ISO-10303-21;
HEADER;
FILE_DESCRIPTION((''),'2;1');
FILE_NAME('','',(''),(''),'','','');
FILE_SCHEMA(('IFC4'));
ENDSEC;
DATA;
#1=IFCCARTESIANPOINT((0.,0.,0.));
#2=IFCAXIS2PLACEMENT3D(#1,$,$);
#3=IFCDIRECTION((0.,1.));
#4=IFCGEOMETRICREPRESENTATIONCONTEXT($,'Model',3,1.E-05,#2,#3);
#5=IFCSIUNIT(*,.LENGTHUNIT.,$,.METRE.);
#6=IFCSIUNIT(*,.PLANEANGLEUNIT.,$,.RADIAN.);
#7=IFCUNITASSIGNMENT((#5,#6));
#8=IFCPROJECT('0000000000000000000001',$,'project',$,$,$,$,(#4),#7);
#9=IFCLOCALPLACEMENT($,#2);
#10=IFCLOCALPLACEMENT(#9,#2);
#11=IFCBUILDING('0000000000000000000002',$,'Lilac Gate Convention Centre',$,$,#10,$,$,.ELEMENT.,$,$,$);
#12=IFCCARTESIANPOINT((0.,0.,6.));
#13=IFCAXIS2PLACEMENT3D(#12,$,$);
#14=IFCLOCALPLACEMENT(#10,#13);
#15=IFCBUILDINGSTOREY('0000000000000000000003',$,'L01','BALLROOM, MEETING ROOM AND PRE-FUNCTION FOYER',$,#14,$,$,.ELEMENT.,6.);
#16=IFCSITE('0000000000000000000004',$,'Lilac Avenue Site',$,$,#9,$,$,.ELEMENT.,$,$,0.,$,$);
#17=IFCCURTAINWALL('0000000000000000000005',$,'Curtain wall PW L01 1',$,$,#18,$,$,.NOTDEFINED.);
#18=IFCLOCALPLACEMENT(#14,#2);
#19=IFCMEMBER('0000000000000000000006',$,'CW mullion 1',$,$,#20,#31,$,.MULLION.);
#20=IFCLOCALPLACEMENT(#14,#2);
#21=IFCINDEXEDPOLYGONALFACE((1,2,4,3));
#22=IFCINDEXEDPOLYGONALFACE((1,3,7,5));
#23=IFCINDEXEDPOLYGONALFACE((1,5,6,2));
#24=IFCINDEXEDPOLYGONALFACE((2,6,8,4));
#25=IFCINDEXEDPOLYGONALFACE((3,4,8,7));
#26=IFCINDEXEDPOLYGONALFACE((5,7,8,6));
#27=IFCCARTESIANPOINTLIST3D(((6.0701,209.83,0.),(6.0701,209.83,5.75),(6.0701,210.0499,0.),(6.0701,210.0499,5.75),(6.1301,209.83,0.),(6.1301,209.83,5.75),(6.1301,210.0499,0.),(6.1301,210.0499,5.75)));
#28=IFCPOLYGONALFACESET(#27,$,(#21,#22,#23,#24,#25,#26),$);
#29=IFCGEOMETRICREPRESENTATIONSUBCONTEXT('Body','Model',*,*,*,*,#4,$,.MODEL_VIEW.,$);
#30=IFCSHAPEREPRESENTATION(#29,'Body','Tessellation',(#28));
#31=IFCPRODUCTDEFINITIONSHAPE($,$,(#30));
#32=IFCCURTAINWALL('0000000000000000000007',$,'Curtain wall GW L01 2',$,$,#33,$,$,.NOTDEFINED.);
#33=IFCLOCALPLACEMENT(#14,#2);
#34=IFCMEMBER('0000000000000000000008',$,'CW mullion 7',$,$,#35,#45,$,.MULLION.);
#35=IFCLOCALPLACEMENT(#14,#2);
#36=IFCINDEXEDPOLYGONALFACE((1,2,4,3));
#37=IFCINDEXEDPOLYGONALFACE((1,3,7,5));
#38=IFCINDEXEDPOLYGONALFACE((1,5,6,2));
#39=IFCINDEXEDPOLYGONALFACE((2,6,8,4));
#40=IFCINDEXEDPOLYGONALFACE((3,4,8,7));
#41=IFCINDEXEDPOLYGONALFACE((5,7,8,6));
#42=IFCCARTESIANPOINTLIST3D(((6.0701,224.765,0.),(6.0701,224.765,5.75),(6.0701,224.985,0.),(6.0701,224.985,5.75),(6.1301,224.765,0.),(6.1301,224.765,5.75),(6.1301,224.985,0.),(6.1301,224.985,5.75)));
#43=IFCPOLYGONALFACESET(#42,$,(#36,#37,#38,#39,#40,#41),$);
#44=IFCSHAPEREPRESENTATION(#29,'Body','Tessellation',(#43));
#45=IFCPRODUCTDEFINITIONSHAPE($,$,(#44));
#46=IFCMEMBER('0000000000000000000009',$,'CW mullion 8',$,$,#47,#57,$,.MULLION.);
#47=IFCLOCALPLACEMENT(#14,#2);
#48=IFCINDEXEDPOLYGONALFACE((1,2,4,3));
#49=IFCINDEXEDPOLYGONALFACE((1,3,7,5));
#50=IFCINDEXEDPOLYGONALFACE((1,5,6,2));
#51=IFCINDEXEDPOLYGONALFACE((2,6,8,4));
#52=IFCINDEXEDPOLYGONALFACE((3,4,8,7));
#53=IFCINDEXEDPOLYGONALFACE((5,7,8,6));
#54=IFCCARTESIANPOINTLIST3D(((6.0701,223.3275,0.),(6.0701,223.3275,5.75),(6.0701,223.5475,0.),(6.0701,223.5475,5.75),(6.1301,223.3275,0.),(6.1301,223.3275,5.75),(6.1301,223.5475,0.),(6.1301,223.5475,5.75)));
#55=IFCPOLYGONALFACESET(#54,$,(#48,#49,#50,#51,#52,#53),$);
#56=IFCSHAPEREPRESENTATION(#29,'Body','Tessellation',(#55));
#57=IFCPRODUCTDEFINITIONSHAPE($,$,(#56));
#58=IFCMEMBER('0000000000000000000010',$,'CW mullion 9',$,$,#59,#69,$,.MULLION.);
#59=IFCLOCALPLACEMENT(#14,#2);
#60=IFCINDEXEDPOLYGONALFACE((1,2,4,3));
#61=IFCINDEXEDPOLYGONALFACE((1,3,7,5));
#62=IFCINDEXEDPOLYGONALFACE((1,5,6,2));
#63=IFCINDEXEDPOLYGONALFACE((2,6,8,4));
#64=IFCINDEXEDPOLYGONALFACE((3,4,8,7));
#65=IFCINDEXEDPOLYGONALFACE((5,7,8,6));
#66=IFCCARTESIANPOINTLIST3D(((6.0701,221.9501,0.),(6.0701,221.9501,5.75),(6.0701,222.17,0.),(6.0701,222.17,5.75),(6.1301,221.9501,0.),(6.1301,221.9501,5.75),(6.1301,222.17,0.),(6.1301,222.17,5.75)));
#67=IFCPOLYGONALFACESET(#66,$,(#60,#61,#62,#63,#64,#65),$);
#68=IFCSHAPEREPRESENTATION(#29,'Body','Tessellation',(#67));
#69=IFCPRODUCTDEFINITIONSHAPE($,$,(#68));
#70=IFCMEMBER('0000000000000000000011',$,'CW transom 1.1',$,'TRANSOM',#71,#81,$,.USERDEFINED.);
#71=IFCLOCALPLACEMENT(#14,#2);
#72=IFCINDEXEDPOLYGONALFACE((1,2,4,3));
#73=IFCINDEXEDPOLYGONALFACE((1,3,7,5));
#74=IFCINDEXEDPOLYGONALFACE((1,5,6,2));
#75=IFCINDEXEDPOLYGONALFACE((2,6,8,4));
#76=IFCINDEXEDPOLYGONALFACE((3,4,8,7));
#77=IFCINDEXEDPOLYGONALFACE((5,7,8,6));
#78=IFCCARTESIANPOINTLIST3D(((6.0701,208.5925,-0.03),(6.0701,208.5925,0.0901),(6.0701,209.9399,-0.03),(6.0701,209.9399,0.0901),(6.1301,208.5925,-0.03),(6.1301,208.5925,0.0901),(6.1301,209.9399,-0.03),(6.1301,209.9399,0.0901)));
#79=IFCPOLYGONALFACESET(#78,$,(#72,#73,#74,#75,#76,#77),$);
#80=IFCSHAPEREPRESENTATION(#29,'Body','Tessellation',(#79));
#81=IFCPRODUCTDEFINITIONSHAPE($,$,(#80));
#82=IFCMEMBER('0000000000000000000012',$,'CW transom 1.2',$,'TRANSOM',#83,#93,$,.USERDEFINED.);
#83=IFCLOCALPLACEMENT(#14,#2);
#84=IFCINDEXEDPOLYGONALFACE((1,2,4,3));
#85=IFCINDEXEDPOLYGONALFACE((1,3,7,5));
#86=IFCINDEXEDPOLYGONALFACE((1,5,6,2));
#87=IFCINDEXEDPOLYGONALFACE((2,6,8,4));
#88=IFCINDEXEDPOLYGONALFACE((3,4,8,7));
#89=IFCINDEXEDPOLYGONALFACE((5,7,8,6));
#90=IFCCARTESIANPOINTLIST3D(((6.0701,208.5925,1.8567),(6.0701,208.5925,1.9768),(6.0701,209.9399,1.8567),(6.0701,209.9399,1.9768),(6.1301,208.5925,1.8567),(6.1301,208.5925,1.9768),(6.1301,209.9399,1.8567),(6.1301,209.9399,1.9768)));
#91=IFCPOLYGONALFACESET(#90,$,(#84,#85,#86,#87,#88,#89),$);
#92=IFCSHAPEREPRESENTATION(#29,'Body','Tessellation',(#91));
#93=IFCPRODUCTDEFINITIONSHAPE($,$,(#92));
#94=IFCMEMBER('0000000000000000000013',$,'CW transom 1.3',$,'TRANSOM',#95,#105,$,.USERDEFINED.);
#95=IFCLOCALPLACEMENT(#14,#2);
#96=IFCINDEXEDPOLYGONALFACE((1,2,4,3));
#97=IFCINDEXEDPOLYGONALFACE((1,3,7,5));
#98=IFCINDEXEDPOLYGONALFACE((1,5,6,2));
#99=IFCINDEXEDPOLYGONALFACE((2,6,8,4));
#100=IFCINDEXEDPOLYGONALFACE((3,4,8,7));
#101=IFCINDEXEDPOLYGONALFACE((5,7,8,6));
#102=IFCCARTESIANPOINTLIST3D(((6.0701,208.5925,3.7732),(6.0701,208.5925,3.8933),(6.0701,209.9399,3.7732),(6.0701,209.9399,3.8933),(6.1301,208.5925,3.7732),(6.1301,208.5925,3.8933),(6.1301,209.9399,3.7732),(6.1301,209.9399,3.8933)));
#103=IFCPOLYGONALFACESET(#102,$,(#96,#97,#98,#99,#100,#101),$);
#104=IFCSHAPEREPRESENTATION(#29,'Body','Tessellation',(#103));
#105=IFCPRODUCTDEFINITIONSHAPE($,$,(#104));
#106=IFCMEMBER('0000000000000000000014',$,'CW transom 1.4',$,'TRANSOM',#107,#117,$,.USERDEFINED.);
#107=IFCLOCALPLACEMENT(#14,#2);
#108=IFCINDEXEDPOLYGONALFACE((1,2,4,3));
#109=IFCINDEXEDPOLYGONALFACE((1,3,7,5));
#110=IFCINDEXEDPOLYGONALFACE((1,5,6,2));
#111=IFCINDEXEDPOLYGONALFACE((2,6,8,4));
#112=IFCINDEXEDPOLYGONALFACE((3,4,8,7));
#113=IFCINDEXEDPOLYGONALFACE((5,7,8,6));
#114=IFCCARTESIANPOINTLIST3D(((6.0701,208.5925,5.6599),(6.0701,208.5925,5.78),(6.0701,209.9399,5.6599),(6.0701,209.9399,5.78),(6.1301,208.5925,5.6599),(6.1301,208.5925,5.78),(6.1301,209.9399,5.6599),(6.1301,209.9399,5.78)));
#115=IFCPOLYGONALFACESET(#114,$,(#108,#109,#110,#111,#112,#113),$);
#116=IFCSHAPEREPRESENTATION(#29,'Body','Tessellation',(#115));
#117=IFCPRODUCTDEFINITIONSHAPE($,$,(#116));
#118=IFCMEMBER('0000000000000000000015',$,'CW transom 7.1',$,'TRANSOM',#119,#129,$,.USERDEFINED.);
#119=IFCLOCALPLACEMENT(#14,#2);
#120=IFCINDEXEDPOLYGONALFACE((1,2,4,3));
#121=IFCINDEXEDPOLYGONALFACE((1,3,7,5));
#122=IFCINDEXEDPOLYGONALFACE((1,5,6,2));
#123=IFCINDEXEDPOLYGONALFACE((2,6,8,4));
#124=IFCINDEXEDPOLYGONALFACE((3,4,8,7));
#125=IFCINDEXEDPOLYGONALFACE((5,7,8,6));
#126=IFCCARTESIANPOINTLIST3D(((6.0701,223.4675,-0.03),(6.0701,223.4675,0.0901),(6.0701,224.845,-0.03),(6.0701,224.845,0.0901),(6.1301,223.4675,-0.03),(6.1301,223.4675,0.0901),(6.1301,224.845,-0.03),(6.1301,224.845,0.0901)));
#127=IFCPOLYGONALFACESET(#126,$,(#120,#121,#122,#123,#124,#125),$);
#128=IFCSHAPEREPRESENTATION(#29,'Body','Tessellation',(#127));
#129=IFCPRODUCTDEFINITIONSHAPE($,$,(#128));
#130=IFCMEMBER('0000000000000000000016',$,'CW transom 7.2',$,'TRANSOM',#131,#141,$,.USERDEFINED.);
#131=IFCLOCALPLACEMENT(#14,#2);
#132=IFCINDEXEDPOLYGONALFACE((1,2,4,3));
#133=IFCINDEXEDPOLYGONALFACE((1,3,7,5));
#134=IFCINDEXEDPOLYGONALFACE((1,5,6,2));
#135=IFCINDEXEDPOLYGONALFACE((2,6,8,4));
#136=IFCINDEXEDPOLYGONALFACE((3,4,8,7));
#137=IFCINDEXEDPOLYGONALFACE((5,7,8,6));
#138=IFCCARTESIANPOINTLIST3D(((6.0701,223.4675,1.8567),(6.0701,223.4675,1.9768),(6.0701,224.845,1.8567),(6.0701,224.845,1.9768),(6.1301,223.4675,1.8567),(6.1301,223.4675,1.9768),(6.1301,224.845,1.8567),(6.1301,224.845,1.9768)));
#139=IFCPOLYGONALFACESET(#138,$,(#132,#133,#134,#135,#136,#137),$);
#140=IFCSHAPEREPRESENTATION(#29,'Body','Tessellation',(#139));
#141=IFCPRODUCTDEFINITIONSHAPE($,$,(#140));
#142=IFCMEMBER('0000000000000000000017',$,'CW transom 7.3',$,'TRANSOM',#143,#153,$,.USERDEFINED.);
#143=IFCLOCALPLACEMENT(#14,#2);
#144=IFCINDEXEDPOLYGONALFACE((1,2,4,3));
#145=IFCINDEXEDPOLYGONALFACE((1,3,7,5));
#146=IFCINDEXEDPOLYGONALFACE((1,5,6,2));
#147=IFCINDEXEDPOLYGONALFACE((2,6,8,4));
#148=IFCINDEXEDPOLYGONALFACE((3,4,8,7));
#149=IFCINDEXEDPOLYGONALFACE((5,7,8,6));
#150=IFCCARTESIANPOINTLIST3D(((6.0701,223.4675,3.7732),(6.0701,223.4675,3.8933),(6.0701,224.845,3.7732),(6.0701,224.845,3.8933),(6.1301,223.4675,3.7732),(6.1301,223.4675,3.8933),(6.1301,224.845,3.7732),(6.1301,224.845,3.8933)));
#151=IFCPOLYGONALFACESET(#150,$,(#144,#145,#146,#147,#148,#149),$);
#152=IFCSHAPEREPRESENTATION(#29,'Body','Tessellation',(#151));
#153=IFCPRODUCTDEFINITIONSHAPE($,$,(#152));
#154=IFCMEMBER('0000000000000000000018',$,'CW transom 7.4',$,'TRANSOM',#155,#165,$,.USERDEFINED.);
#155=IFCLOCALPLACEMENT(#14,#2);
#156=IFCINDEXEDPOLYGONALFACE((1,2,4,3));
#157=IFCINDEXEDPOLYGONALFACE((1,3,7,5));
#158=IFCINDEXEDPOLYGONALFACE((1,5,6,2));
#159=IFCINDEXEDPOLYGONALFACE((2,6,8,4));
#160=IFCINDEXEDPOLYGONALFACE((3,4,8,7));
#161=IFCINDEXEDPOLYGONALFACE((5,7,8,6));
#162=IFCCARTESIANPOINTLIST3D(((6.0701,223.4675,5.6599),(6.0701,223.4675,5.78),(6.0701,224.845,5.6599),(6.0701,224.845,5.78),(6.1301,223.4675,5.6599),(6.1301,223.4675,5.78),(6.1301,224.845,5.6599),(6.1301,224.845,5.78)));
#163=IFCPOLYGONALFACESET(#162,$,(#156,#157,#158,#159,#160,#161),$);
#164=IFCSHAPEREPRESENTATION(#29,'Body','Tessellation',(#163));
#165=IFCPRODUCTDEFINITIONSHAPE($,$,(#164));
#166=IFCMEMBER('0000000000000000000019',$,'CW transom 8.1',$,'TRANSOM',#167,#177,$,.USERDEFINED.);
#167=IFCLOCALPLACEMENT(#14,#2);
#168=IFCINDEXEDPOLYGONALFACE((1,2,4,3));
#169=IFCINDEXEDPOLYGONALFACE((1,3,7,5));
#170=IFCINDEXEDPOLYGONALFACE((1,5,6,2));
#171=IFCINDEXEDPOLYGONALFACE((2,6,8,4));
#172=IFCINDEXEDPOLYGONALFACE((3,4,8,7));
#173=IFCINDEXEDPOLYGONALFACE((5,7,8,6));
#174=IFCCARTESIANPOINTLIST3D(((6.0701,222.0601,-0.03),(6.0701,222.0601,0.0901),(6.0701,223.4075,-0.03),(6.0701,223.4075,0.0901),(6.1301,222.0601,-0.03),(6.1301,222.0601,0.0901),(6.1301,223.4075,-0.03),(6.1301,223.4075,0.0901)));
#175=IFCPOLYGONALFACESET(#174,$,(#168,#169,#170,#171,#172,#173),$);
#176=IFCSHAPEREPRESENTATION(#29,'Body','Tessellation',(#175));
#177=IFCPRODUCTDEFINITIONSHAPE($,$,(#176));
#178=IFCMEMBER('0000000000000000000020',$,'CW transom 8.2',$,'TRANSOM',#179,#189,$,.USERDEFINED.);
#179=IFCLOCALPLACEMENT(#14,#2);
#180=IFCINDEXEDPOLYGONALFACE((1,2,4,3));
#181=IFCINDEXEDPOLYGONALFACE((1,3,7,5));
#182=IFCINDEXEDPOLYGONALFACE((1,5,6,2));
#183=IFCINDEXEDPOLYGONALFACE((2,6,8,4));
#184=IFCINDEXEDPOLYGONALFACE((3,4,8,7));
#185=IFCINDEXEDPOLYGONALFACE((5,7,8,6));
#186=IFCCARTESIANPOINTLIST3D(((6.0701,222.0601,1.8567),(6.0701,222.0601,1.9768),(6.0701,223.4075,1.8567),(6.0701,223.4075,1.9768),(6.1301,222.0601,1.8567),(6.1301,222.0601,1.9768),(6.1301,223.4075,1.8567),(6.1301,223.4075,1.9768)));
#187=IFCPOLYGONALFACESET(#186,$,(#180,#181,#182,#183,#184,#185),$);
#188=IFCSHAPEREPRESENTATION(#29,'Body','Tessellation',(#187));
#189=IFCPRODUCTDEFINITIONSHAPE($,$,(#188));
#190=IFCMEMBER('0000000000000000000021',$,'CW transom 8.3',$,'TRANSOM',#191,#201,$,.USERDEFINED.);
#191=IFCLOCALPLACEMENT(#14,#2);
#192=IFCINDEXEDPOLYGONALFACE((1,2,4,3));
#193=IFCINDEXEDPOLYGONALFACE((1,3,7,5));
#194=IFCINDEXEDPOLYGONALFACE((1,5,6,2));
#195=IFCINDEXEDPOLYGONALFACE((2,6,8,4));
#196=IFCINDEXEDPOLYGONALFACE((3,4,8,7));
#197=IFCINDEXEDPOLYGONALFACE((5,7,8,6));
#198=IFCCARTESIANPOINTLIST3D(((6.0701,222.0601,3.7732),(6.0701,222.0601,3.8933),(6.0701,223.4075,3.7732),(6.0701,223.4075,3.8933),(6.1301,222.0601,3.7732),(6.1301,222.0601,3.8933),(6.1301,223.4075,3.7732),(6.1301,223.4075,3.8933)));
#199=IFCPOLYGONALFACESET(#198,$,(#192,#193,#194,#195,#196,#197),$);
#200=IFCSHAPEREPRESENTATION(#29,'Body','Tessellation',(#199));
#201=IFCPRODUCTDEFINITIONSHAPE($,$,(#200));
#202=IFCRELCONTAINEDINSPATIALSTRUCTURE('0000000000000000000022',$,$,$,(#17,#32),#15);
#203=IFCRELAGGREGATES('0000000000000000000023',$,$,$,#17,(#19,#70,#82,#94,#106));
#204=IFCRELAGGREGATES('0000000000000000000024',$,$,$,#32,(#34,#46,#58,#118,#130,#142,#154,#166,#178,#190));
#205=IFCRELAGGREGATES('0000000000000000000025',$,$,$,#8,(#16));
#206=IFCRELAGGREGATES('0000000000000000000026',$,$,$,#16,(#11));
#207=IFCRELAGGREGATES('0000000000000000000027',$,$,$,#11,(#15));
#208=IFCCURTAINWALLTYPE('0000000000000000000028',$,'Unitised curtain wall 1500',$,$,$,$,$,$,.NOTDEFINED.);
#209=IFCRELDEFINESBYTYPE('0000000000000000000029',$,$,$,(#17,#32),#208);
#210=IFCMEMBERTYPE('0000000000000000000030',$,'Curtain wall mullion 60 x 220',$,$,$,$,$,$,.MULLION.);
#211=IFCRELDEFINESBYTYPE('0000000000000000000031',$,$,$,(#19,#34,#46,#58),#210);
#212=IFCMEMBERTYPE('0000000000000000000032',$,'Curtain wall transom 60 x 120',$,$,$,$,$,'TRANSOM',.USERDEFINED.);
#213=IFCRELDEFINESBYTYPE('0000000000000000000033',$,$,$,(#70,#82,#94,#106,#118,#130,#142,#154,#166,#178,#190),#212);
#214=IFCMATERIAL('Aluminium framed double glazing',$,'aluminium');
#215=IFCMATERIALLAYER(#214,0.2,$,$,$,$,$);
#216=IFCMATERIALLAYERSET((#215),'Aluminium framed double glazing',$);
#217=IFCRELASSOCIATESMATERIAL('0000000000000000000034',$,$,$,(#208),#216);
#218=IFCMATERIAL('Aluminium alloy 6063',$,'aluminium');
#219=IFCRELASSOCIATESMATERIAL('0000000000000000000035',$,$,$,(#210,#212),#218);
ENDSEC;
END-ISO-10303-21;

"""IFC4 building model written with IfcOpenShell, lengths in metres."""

from ifc_helpers import new_model, si_unit, direction, frame, origin, origin_2d, place, context, subcontext, project, spatial, rectangle, extrude, material, layer, layer_set, material_profile, profile_set, type_object, element, aggregate, save


model = new_model("IFC4")

# Units and contexts
model_context = context("Model", 3, precision=1e-05, world=origin(), true_north=direction((0.0, 1.0)))
body_context = subcontext(model_context, "Body", "Model", "MODEL_VIEW")
ifc_project = project(units=[si_unit("LENGTHUNIT", "METRE"), si_unit("PLANEANGLEUNIT", "RADIAN")], contexts=[model_context])

# Site, building, storey
site_placement = place(None, origin())
site = spatial("IfcSite", under=ifc_project, at=site_placement, Name="Lilac Avenue Site", CompositionType="ELEMENT", RefElevation=0.0)
building_placement = place(site_placement, origin())
building = spatial("IfcBuilding", under=site, at=building_placement, Name="Lilac Gate Convention Centre", CompositionType="ELEMENT")
storey_placement = place(building_placement, frame((0.0, 0.0, 6.0)))
storey = spatial("IfcBuildingStorey", under=building, at=storey_placement, Name="L01", Description="BALLROOM, MEETING ROOM AND PRE-FUNCTION FOYER", CompositionType="ELEMENT", Elevation=6.0)

# Curtain wall, member
ifc_material_1 = material(Name="Aluminium framed double glazing", Category="aluminium")
ifc_layer_1 = layer(ifc_material_1, 0.2)
ifc_layer_set_1 = layer_set([ifc_layer_1], Name="Aluminium framed double glazing")
curtain_wall_type = type_object("IfcCurtainWallType", Name="Unitised curtain wall 1500", PredefinedType="NOTDEFINED", material=ifc_layer_set_1)
curtain_wall_1_placement = place(storey_placement, origin())
curtain_wall_1 = element("IfcCurtainWall", 1, at=curtain_wall_1_placement, inside=storey, type_object=curtain_wall_type, Name="Curtain wall PW L01 1", PredefinedType="NOTDEFINED")
ifc_material_2 = material(Name="Aluminium alloy 6063", Category="aluminium")
ifc_material_profile_1 = material_profile(ifc_material_2, rectangle(XDim=0.0601, YDim=0.22, at=origin_2d()), Name="Curtain wall mullion 60 x 220")
ifc_profile_set_1 = profile_set([ifc_material_profile_1], Name="Aluminium alloy 6063")
member_type_1 = type_object("IfcMemberType", Name="Curtain wall mullion 60 x 220", PredefinedType="MULLION", material=ifc_profile_set_1)
member_1_placement = place(storey_placement, frame((6.1001, 209.9399, 0.0), z_axis=(0.0, 0.0, 1.0), x_axis=(1.0, 0.0, 0.0)))
member_1 = element("IfcMember", 2, at=member_1_placement, type_object=member_type_1, Name="CW mullion 1", PredefinedType="MULLION", context=body_context, shape_type="SweptSolid", body=[
    extrude(rectangle(XDim=0.0601, YDim=0.22, at=origin_2d()), origin(), (0.0, 0.0, 1.0), 5.75),
])

# Curtain wall, members
curtain_wall_2_placement = place(storey_placement, origin())
curtain_wall_2 = element("IfcCurtainWall", 3, at=curtain_wall_2_placement, inside=storey, type_object=curtain_wall_type, Name="Curtain wall GW L01 2", PredefinedType="NOTDEFINED")
member_2_placement = place(storey_placement, frame((6.1001, 224.875, 0.0), z_axis=(0.0, 0.0, 1.0), x_axis=(1.0, 0.0, 0.0)))
member_2 = element("IfcMember", 4, at=member_2_placement, type_object=member_type_1, Name="CW mullion 7", PredefinedType="MULLION", context=body_context, shape_type="SweptSolid", body=[
    extrude(rectangle(XDim=0.0601, YDim=0.22, at=origin_2d()), origin(), (0.0, 0.0, 1.0), 5.75),
])
member_3_placement = place(storey_placement, frame((6.1001, 223.4375, 0.0), z_axis=(0.0, 0.0, 1.0), x_axis=(1.0, 0.0, 0.0)))
member_3 = element("IfcMember", 5, at=member_3_placement, type_object=member_type_1, Name="CW mullion 8", PredefinedType="MULLION", context=body_context, shape_type="SweptSolid", body=[
    extrude(rectangle(XDim=0.0601, YDim=0.22, at=origin_2d()), origin(), (0.0, 0.0, 1.0), 5.75),
])
member_4_placement = place(storey_placement, frame((6.1001, 222.0601, 0.0), z_axis=(0.0, 0.0, 1.0), x_axis=(1.0, 0.0, 0.0)))
member_4 = element("IfcMember", 6, at=member_4_placement, type_object=member_type_1, Name="CW mullion 9", PredefinedType="MULLION", context=body_context, shape_type="SweptSolid", body=[
    extrude(rectangle(XDim=0.0601, YDim=0.22, at=origin_2d()), origin(), (0.0, 0.0, 1.0), 5.75),
])

# Members
ifc_material_profile_2 = material_profile(ifc_material_2, rectangle(XDim=0.0601, YDim=0.1201, at=origin_2d()), Name="Curtain wall transom 60 x 120")
ifc_profile_set_2 = profile_set([ifc_material_profile_2], Name="Aluminium alloy 6063")
member_type_2 = type_object("IfcMemberType", Name="Curtain wall transom 60 x 120", ElementType="TRANSOM", PredefinedType="USERDEFINED", material=ifc_profile_set_2)
member_5_placement = place(storey_placement, frame((6.1001, 209.9399, 0.03), z_axis=(0.0, -1.0, 0.0), x_axis=(1.0, 0.0, 0.0)))
member_5 = element("IfcMember", 7, at=member_5_placement, type_object=member_type_2, Name="CW transom 1.1", ObjectType="TRANSOM", PredefinedType="USERDEFINED", context=body_context, shape_type="SweptSolid", body=[
    extrude(rectangle(XDim=0.0601, YDim=0.1201, at=origin_2d()), origin(), (0.0, 0.0, 1.0), 1.3474),
])
member_6_placement = place(storey_placement, frame((6.1001, 209.9399, 1.9167), z_axis=(0.0, -1.0, 0.0), x_axis=(1.0, 0.0, 0.0)))
member_6 = element("IfcMember", 8, at=member_6_placement, type_object=member_type_2, Name="CW transom 1.2", ObjectType="TRANSOM", PredefinedType="USERDEFINED", context=body_context, shape_type="SweptSolid", body=[
    extrude(rectangle(XDim=0.0601, YDim=0.1201, at=origin_2d()), origin(), (0.0, 0.0, 1.0), 1.3474),
])
member_7_placement = place(storey_placement, frame((6.1001, 209.9399, 3.8333), z_axis=(0.0, -1.0, 0.0), x_axis=(1.0, 0.0, 0.0)))
member_7 = element("IfcMember", 9, at=member_7_placement, type_object=member_type_2, Name="CW transom 1.3", ObjectType="TRANSOM", PredefinedType="USERDEFINED", context=body_context, shape_type="SweptSolid", body=[
    extrude(rectangle(XDim=0.0601, YDim=0.1201, at=origin_2d()), origin(), (0.0, 0.0, 1.0), 1.3474),
])
member_8_placement = place(storey_placement, frame((6.1001, 209.9399, 5.72), z_axis=(0.0, -1.0, 0.0), x_axis=(1.0, 0.0, 0.0)))
member_8 = element("IfcMember", 10, at=member_8_placement, type_object=member_type_2, Name="CW transom 1.4", ObjectType="TRANSOM", PredefinedType="USERDEFINED", context=body_context, shape_type="SweptSolid", body=[
    extrude(rectangle(XDim=0.0601, YDim=0.1201, at=origin_2d()), origin(), (0.0, 0.0, 1.0), 1.3474),
])
member_9_placement = place(storey_placement, frame((6.1001, 224.845, 0.03), z_axis=(0.0, -1.0, 0.0), x_axis=(1.0, 0.0, 0.0)))
member_9 = element("IfcMember", 11, at=member_9_placement, type_object=member_type_2, Name="CW transom 7.1", ObjectType="TRANSOM", PredefinedType="USERDEFINED", context=body_context, shape_type="SweptSolid", body=[
    extrude(rectangle(XDim=0.0601, YDim=0.1201, at=origin_2d()), origin(), (0.0, 0.0, 1.0), 1.3774),
])
member_10_placement = place(storey_placement, frame((6.1001, 224.845, 1.9167), z_axis=(0.0, -1.0, 0.0), x_axis=(1.0, 0.0, 0.0)))
member_10 = element("IfcMember", 12, at=member_10_placement, type_object=member_type_2, Name="CW transom 7.2", ObjectType="TRANSOM", PredefinedType="USERDEFINED", context=body_context, shape_type="SweptSolid", body=[
    extrude(rectangle(XDim=0.0601, YDim=0.1201, at=origin_2d()), origin(), (0.0, 0.0, 1.0), 1.3774),
])
member_11_placement = place(storey_placement, frame((6.1001, 224.845, 3.8333), z_axis=(0.0, -1.0, 0.0), x_axis=(1.0, 0.0, 0.0)))
member_11 = element("IfcMember", 13, at=member_11_placement, type_object=member_type_2, Name="CW transom 7.3", ObjectType="TRANSOM", PredefinedType="USERDEFINED", context=body_context, shape_type="SweptSolid", body=[
    extrude(rectangle(XDim=0.0601, YDim=0.1201, at=origin_2d()), origin(), (0.0, 0.0, 1.0), 1.3774),
])
member_12_placement = place(storey_placement, frame((6.1001, 224.845, 5.72), z_axis=(0.0, -1.0, 0.0), x_axis=(1.0, 0.0, 0.0)))
member_12 = element("IfcMember", 14, at=member_12_placement, type_object=member_type_2, Name="CW transom 7.4", ObjectType="TRANSOM", PredefinedType="USERDEFINED", context=body_context, shape_type="SweptSolid", body=[
    extrude(rectangle(XDim=0.0601, YDim=0.1201, at=origin_2d()), origin(), (0.0, 0.0, 1.0), 1.3774),
])
member_13_placement = place(storey_placement, frame((6.1001, 223.4075, 0.03), z_axis=(0.0, -1.0, 0.0), x_axis=(1.0, 0.0, 0.0)))
member_13 = element("IfcMember", 15, at=member_13_placement, type_object=member_type_2, Name="CW transom 8.1", ObjectType="TRANSOM", PredefinedType="USERDEFINED", context=body_context, shape_type="SweptSolid", body=[
    extrude(rectangle(XDim=0.0601, YDim=0.1201, at=origin_2d()), origin(), (0.0, 0.0, 1.0), 1.3474),
])
member_14_placement = place(storey_placement, frame((6.1001, 223.4075, 1.9167), z_axis=(0.0, -1.0, 0.0), x_axis=(1.0, 0.0, 0.0)))
member_14 = element("IfcMember", 16, at=member_14_placement, type_object=member_type_2, Name="CW transom 8.2", ObjectType="TRANSOM", PredefinedType="USERDEFINED", context=body_context, shape_type="SweptSolid", body=[
    extrude(rectangle(XDim=0.0601, YDim=0.1201, at=origin_2d()), origin(), (0.0, 0.0, 1.0), 1.3474),
])
member_15_placement = place(storey_placement, frame((6.1001, 223.4075, 3.8333), z_axis=(0.0, -1.0, 0.0), x_axis=(1.0, 0.0, 0.0)))
member_15 = element("IfcMember", 17, at=member_15_placement, type_object=member_type_2, Name="CW transom 8.3", ObjectType="TRANSOM", PredefinedType="USERDEFINED", context=body_context, shape_type="SweptSolid", body=[
    extrude(rectangle(XDim=0.0601, YDim=0.1201, at=origin_2d()), origin(), (0.0, 0.0, 1.0), 1.3474),
])

aggregate(curtain_wall_1, [member_1, member_5, member_6, member_7, member_8])
aggregate(curtain_wall_2, [member_2, member_3, member_4, member_9, member_10, member_11, member_12, member_13, member_14, member_15])

save(model, "model.ifc")
